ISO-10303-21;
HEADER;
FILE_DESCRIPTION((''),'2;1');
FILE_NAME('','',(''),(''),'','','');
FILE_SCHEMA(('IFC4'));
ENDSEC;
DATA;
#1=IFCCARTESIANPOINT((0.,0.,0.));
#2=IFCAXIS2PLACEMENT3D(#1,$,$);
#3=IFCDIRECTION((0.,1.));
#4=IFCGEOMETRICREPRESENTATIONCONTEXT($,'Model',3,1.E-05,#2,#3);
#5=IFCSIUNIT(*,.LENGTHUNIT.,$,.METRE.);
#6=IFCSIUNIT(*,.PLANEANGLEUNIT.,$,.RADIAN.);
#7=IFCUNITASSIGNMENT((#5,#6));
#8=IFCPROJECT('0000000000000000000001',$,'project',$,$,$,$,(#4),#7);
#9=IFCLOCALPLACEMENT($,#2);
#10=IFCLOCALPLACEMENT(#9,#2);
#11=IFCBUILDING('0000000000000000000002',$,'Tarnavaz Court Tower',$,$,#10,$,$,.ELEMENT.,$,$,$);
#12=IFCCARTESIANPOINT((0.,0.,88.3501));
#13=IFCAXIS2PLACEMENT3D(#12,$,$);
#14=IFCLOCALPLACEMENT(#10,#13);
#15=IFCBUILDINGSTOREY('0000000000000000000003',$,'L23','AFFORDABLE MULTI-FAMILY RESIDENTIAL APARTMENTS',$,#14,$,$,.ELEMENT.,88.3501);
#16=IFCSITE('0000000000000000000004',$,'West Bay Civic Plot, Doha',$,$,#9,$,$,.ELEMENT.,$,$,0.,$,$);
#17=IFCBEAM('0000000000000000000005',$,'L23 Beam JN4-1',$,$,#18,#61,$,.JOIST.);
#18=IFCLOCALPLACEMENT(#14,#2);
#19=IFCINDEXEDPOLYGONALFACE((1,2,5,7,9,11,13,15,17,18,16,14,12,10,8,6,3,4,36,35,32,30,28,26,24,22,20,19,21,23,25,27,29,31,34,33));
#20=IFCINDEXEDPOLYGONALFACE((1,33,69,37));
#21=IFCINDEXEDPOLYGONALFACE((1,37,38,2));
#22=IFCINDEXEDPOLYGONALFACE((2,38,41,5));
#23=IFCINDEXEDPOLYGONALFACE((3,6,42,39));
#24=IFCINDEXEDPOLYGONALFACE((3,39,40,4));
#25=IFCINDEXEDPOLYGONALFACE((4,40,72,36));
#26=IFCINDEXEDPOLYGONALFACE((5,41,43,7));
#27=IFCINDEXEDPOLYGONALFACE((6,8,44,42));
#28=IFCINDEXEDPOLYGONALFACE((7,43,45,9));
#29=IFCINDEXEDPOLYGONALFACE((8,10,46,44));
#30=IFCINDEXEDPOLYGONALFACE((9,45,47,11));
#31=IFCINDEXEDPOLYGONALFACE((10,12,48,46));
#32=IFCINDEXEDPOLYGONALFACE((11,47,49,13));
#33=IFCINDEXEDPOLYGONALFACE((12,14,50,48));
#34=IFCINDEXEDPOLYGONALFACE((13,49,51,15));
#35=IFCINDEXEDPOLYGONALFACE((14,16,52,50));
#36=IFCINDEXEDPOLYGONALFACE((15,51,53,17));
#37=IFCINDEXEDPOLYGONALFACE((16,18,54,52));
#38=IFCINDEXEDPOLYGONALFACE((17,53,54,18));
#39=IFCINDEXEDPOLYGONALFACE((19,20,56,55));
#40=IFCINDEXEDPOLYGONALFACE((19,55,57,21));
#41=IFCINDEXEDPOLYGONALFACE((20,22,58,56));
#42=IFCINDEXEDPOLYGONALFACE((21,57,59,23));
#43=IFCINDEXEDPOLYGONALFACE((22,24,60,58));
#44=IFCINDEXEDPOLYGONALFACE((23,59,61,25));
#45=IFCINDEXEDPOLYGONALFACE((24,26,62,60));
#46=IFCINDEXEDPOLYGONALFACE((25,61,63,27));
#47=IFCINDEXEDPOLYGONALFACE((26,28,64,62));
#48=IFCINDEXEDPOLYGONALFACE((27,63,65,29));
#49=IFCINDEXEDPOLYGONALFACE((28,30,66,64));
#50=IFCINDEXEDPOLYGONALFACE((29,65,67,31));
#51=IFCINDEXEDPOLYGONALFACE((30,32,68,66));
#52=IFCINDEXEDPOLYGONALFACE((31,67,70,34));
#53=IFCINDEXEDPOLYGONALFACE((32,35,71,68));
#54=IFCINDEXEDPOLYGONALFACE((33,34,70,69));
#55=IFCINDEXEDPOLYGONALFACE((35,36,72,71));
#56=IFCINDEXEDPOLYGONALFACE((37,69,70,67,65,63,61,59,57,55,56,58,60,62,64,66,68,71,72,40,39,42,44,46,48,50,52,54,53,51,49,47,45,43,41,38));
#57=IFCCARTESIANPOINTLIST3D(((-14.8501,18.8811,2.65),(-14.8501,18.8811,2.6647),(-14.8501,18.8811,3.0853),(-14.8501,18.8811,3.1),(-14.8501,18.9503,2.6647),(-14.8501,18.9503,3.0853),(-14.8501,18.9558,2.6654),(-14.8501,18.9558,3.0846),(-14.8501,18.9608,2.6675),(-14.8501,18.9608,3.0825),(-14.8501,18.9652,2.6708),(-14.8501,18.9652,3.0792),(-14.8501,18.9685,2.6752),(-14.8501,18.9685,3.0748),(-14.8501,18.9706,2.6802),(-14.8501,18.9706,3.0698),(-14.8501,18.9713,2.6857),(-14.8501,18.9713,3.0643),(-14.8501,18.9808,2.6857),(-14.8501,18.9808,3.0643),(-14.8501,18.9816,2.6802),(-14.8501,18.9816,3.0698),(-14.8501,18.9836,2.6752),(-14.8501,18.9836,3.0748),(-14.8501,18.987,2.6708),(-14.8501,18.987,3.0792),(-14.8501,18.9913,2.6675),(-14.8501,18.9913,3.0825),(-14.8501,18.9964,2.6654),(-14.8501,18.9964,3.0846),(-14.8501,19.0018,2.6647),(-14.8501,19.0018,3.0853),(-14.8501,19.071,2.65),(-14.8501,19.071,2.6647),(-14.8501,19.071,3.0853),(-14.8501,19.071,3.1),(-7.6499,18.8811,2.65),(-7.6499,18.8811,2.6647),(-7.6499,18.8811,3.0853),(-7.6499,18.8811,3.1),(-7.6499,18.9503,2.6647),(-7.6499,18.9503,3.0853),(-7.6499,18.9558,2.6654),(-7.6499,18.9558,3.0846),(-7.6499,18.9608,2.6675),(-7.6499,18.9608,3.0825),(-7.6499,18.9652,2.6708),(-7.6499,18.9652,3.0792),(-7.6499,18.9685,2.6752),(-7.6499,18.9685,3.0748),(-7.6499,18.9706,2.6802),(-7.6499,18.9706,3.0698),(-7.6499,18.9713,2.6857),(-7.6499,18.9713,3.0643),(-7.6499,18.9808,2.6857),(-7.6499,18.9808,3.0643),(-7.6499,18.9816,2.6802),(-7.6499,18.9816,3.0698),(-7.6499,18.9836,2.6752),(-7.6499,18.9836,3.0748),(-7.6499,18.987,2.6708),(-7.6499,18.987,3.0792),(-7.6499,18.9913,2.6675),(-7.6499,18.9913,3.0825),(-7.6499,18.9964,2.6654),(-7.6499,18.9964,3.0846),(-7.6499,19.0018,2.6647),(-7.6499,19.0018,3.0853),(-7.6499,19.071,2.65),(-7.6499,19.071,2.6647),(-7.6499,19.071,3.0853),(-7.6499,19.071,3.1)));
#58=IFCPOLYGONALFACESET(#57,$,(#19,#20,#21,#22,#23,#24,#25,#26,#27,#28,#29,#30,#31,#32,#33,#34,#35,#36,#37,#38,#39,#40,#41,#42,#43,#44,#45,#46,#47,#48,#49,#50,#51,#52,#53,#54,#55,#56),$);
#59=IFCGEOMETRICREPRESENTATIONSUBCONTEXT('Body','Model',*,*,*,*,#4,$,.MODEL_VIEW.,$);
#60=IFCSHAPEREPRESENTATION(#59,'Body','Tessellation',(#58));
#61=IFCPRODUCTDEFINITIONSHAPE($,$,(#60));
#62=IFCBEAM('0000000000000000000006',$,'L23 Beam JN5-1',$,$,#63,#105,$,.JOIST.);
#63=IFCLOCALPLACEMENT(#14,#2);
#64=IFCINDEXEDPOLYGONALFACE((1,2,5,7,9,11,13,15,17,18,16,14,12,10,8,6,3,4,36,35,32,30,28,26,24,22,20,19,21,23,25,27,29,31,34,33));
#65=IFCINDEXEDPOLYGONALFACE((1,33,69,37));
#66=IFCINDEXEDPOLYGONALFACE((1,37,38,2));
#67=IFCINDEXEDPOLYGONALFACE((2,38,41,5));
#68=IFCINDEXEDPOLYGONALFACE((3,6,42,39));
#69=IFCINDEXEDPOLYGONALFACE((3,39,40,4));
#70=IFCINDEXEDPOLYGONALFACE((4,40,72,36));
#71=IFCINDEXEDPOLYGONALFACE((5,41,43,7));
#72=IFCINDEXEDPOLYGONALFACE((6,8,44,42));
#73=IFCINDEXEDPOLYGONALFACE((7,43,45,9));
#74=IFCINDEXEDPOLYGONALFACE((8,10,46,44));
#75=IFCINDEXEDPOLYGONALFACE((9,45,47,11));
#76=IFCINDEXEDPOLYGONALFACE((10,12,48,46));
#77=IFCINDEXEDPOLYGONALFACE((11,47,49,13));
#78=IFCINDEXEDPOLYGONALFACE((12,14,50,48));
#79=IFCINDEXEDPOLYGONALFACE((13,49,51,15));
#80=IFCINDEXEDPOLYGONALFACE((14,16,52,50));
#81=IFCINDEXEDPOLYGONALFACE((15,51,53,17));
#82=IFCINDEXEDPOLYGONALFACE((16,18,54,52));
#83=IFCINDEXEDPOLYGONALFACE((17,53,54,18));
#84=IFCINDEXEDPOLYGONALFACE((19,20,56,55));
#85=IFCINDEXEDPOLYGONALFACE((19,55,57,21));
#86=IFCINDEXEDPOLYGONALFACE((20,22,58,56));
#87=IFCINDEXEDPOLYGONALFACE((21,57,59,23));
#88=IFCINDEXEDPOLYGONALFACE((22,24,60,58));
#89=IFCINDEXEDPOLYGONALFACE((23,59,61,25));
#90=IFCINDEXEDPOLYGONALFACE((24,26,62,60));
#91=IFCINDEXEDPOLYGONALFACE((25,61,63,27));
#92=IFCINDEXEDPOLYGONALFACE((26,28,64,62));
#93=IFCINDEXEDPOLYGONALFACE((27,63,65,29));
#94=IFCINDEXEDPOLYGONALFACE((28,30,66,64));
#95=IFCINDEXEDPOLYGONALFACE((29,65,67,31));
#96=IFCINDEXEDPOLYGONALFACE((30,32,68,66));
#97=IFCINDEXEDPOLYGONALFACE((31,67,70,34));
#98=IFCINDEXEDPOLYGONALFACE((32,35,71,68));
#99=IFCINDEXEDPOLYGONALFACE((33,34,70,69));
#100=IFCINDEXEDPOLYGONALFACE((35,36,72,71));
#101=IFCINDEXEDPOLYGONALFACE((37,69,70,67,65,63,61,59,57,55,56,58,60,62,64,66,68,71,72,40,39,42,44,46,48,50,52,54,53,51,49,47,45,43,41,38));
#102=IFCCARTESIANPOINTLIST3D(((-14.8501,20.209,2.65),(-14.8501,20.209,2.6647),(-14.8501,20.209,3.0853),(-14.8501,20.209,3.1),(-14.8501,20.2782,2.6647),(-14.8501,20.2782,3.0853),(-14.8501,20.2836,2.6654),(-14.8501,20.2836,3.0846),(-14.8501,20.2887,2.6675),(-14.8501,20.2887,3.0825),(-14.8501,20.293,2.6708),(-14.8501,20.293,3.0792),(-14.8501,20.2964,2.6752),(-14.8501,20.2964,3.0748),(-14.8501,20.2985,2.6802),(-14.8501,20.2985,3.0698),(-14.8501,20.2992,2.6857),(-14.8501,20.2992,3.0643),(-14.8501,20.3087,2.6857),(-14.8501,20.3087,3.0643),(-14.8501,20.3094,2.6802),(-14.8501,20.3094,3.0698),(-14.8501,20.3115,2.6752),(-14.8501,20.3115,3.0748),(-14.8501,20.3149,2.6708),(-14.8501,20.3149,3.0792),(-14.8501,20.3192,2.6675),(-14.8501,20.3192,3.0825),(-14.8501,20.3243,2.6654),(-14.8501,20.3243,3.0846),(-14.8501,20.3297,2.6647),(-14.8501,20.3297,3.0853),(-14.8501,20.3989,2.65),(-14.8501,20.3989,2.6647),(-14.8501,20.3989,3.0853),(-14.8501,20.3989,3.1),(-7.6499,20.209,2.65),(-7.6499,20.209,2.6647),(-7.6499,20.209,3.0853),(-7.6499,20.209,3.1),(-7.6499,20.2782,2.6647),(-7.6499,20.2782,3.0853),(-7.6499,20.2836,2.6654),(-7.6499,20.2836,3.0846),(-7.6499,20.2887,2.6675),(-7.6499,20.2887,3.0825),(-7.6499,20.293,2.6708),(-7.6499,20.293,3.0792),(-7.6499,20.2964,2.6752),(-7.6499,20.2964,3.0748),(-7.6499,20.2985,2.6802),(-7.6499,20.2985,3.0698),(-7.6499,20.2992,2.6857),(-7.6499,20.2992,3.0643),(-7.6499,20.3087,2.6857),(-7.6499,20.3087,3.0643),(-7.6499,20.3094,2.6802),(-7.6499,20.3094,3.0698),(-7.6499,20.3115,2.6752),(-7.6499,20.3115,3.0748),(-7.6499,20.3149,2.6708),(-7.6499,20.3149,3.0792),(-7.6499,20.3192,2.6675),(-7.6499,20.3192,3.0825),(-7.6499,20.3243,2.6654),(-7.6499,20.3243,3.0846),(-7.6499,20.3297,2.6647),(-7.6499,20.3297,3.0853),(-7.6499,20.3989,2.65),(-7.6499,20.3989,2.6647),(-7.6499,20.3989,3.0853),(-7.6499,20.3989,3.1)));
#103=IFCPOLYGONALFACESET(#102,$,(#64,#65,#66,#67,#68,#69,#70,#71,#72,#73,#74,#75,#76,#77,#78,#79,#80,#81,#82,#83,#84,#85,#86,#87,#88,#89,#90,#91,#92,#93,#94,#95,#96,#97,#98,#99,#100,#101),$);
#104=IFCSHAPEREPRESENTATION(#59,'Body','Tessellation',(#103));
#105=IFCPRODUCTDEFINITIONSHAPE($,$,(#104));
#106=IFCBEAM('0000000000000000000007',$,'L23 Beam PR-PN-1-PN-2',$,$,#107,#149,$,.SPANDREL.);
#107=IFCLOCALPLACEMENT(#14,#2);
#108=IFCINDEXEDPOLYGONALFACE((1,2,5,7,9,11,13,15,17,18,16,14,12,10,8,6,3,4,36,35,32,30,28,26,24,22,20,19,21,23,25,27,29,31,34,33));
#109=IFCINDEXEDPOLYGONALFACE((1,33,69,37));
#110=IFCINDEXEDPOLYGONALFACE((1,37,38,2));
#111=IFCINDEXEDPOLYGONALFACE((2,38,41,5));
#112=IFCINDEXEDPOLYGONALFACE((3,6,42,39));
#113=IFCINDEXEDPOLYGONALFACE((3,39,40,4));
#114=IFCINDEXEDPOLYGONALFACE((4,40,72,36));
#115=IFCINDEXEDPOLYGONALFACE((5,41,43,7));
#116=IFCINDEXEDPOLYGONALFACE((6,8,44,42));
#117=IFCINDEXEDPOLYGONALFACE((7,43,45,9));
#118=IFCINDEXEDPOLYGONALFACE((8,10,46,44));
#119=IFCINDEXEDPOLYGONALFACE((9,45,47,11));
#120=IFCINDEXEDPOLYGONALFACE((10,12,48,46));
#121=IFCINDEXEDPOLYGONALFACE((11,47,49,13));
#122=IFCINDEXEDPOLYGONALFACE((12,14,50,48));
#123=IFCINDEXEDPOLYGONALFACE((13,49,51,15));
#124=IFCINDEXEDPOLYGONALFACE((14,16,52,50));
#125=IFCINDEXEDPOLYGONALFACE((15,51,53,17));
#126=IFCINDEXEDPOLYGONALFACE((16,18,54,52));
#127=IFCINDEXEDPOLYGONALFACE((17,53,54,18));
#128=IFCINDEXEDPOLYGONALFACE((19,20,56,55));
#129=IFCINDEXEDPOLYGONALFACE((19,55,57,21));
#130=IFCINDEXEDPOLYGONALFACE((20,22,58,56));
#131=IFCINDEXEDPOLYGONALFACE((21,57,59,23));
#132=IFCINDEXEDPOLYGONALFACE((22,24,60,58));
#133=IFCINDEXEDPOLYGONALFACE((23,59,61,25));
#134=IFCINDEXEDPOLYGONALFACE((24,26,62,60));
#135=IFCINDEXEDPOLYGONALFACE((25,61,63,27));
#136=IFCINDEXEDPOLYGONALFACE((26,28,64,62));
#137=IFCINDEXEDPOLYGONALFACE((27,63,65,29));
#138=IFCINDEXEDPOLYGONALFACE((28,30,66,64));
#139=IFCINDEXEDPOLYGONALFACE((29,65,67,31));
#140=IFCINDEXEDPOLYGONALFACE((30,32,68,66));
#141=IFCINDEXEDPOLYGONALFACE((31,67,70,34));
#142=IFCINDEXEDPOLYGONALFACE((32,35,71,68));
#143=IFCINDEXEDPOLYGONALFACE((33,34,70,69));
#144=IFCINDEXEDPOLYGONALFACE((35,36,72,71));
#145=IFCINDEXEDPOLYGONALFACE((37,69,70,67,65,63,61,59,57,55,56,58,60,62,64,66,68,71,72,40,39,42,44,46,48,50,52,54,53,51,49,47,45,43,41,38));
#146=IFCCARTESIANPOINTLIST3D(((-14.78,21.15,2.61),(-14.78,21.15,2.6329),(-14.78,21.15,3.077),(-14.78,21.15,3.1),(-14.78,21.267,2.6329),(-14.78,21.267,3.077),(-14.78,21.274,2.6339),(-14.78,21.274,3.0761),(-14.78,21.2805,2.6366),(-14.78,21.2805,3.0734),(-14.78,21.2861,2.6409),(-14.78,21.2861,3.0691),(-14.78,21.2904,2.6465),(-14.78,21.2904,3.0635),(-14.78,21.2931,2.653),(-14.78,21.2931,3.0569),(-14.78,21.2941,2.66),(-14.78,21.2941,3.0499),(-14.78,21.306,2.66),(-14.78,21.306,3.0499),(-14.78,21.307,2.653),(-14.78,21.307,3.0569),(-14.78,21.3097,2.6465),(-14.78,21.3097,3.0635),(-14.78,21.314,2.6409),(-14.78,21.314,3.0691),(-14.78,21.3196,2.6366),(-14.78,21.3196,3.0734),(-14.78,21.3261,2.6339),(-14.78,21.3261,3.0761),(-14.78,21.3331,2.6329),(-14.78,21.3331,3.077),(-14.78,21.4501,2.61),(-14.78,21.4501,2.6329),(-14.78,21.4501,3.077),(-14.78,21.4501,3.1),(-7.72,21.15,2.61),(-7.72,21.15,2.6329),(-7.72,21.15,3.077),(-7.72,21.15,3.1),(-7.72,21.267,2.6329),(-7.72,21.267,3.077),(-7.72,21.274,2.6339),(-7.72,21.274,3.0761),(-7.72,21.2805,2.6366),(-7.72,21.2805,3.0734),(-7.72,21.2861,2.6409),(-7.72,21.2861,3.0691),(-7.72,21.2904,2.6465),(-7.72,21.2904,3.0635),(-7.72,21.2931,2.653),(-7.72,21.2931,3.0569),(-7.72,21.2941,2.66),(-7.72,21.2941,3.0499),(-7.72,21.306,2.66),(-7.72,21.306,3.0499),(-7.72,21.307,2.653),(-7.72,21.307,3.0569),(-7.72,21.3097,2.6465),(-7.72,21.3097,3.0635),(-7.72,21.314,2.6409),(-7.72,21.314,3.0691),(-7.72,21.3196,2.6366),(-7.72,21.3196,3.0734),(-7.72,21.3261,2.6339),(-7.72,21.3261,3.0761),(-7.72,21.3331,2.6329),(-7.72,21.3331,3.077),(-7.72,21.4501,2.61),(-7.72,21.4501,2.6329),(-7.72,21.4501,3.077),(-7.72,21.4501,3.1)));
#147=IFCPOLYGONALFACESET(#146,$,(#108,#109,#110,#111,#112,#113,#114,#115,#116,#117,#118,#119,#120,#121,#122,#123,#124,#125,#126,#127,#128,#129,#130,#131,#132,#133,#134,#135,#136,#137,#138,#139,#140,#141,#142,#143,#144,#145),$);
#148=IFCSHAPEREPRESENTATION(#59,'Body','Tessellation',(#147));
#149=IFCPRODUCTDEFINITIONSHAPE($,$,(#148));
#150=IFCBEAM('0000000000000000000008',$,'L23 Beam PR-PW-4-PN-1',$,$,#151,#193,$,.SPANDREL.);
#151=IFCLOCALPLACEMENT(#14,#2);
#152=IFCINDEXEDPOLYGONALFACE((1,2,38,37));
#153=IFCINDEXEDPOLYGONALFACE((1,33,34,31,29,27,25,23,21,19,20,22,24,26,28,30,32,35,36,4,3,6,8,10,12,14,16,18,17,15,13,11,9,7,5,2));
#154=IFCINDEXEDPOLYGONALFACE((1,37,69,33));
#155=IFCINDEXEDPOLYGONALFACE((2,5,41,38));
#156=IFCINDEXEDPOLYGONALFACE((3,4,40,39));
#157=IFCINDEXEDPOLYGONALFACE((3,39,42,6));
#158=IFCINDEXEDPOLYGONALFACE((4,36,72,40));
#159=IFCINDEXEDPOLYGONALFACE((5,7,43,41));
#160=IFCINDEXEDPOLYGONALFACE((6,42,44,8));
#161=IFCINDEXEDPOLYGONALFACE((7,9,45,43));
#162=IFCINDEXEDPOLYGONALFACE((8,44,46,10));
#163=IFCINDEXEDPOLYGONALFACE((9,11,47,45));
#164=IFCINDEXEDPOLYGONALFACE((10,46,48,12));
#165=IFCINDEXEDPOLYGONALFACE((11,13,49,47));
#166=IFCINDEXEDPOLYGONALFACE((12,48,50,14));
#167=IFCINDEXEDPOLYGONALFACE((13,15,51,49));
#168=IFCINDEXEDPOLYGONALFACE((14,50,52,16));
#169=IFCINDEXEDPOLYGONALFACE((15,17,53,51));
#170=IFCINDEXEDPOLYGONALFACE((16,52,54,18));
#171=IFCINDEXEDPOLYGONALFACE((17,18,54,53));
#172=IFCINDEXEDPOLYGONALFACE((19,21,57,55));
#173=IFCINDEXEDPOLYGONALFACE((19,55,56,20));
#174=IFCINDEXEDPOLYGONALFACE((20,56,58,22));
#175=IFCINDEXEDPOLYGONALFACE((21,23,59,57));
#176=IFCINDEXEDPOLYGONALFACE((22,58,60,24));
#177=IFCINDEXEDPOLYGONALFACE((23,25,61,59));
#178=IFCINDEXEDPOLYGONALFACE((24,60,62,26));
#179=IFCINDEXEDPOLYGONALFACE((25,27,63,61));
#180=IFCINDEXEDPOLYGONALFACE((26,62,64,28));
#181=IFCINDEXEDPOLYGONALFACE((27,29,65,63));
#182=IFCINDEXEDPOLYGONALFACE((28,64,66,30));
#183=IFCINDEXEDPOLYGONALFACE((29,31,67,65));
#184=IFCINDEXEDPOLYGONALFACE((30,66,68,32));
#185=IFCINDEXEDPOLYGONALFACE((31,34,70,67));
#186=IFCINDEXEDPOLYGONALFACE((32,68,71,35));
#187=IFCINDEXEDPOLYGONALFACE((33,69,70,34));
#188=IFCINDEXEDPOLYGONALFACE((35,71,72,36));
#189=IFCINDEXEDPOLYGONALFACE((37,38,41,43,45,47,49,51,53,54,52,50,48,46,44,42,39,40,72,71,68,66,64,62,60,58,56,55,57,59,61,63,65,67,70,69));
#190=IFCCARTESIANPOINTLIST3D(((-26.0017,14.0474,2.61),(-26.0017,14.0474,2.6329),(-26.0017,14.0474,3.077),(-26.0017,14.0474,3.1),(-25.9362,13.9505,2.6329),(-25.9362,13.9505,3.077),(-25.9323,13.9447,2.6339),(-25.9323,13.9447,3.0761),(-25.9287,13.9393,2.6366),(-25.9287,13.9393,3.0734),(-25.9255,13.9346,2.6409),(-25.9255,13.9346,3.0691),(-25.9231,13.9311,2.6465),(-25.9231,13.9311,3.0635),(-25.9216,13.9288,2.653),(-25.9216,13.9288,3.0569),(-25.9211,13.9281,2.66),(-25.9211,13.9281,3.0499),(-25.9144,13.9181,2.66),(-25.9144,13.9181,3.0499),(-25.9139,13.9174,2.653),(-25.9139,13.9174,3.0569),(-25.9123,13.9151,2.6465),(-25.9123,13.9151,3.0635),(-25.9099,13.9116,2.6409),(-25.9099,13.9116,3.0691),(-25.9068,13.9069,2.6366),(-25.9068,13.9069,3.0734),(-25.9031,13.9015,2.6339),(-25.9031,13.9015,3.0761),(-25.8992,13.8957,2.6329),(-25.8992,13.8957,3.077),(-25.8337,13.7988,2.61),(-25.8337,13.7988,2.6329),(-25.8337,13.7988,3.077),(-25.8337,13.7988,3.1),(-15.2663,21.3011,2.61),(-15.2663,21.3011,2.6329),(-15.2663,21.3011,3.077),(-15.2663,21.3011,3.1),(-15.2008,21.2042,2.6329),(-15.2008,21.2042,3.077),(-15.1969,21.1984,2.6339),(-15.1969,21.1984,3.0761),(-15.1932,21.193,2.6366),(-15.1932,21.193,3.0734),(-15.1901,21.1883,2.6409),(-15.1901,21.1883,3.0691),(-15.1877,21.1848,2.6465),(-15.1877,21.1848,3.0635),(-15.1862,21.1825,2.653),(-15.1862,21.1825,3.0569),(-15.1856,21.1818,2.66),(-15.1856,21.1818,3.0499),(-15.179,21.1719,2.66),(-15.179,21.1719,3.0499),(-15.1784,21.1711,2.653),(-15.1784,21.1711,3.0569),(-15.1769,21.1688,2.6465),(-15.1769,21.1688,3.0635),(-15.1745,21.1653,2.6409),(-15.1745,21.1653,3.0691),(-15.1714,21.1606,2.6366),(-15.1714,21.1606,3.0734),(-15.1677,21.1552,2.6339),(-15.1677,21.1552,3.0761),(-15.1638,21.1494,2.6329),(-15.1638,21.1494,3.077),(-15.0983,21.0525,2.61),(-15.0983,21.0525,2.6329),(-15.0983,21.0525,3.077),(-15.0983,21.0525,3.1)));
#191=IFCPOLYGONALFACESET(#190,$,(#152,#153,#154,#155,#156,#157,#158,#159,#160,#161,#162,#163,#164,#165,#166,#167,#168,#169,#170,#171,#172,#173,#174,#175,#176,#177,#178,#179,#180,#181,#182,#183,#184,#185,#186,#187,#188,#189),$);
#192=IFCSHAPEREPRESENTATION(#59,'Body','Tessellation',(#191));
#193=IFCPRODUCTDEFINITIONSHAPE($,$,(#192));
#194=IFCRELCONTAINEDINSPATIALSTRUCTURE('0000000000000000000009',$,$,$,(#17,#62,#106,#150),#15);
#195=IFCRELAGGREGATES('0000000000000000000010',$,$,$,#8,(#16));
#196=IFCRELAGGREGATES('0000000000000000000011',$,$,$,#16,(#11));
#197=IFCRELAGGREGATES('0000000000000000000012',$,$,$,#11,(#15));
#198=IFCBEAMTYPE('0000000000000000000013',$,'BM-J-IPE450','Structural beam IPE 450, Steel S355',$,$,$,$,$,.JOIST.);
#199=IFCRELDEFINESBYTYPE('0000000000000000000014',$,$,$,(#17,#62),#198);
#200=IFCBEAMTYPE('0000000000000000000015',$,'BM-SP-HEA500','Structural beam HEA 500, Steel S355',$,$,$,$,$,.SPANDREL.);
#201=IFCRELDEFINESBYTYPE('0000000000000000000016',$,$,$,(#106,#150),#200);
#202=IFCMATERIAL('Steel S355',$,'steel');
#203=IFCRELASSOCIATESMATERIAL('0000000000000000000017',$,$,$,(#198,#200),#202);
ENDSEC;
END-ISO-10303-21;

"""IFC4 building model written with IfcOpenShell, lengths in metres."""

from ifc_helpers import new_model, si_unit, direction, frame, origin, origin_2d, place, context, subcontext, project, spatial, i_section, extrude, material, material_profile, profile_set, type_object, element, save


model = new_model("IFC4")

# Units and contexts
model_context = context("Model", 3, precision=1e-05, world=origin(), true_north=direction((0.0, 1.0)))
body_context = subcontext(model_context, "Body", "Model", "MODEL_VIEW")
ifc_project = project(units=[si_unit("LENGTHUNIT", "METRE"), si_unit("PLANEANGLEUNIT", "RADIAN")], contexts=[model_context])

# Site, building, storey
site_placement = place(None, origin())
site = spatial("IfcSite", under=ifc_project, at=site_placement, Name="West Bay Civic Plot, Doha", CompositionType="ELEMENT", RefElevation=0.0)
building_placement = place(site_placement, origin())
building = spatial("IfcBuilding", under=site, at=building_placement, Name="Tarnavaz Court Tower", CompositionType="ELEMENT")
storey_placement = place(building_placement, frame((0.0, 0.0, 88.3501)))
storey = spatial("IfcBuildingStorey", under=building, at=storey_placement, Name="L23", Description="AFFORDABLE MULTI-FAMILY RESIDENTIAL APARTMENTS", CompositionType="ELEMENT", Elevation=88.3501)

# Beams
ifc_material_1 = material(Name="Steel S355", Category="steel")
ifc_material_profile_1 = material_profile(ifc_material_1, i_section(OverallWidth=0.1899, OverallDepth=0.45, WebThickness=0.0095, FlangeThickness=0.0146, FilletRadius=0.021, at=origin_2d()), Name="IPE 450")
ifc_profile_set_1 = profile_set([ifc_material_profile_1], Name="Steel S355")
beam_type_1 = type_object("IfcBeamType", Name="BM-J-IPE450", Description="Structural beam IPE 450, Steel S355", PredefinedType="JOIST", material=ifc_profile_set_1)
for number, where, z_axis, x_axis, name in (
    (1, (-14.8501, 18.9761, 2.875), (1.0, 0.0, 0.0), (0.0, 1.0, 0.0), "L23 Beam JN4-1"),
    (2, (-14.8501, 20.304, 2.875), (1.0, 0.0, 0.0), (0.0, 1.0, 0.0), "L23 Beam JN5-1"),
):
    element("IfcBeam", number, at=place(storey_placement, frame(where, z_axis=z_axis, x_axis=x_axis)), inside=storey, type_object=beam_type_1, Name=name, PredefinedType="JOIST", context=body_context, shape_type="SweptSolid", body=[
        extrude(i_section(OverallWidth=0.1899, OverallDepth=0.45, WebThickness=0.0095, FlangeThickness=0.0146, FilletRadius=0.021, at=origin_2d()), origin(), (0.0, 0.0, 1.0), 7.2002),
    ])
ifc_material_profile_2 = material_profile(ifc_material_1, i_section(OverallWidth=0.3, OverallDepth=0.49, WebThickness=0.012, FlangeThickness=0.0229, FilletRadius=0.0271, at=origin_2d()), Name="HEA 500")
ifc_profile_set_2 = profile_set([ifc_material_profile_2], Name="Steel S355")
beam_type_2 = type_object("IfcBeamType", Name="BM-SP-HEA500", Description="Structural beam HEA 500, Steel S355", PredefinedType="SPANDREL", material=ifc_profile_set_2)
beam_1_placement = place(storey_placement, frame((-14.78, 21.3, 2.855), z_axis=(1.0, 0.0, 0.0), x_axis=(0.0, 1.0, 0.0)))
element("IfcBeam", 3, at=beam_1_placement, inside=storey, type_object=beam_type_2, Name="L23 Beam PR-PN-1-PN-2", PredefinedType="SPANDREL", context=body_context, shape_type="SweptSolid", body=[
    extrude(i_section(OverallWidth=0.3, OverallDepth=0.49, WebThickness=0.012, FlangeThickness=0.0229, FilletRadius=0.0271, at=origin_2d()), origin(), (0.0, 0.0, 1.0), 7.0601),
])
beam_2_placement = place(storey_placement, frame((-25.9177, 13.9231, 2.855), z_axis=(0.828587, 0.55986, 0.0), x_axis=(-0.55986, 0.828587, 0.0)))
element("IfcBeam", 4, at=beam_2_placement, inside=storey, type_object=beam_type_2, Name="L23 Beam PR-PW-4-PN-1", PredefinedType="SPANDREL", context=body_context, shape_type="SweptSolid", body=[
    extrude(i_section(OverallWidth=0.3, OverallDepth=0.49, WebThickness=0.012, FlangeThickness=0.0229, FilletRadius=0.0271, at=origin_2d()), origin(), (0.0, 0.0, 1.0), 12.9563),
])

save(model, "model.ifc")
